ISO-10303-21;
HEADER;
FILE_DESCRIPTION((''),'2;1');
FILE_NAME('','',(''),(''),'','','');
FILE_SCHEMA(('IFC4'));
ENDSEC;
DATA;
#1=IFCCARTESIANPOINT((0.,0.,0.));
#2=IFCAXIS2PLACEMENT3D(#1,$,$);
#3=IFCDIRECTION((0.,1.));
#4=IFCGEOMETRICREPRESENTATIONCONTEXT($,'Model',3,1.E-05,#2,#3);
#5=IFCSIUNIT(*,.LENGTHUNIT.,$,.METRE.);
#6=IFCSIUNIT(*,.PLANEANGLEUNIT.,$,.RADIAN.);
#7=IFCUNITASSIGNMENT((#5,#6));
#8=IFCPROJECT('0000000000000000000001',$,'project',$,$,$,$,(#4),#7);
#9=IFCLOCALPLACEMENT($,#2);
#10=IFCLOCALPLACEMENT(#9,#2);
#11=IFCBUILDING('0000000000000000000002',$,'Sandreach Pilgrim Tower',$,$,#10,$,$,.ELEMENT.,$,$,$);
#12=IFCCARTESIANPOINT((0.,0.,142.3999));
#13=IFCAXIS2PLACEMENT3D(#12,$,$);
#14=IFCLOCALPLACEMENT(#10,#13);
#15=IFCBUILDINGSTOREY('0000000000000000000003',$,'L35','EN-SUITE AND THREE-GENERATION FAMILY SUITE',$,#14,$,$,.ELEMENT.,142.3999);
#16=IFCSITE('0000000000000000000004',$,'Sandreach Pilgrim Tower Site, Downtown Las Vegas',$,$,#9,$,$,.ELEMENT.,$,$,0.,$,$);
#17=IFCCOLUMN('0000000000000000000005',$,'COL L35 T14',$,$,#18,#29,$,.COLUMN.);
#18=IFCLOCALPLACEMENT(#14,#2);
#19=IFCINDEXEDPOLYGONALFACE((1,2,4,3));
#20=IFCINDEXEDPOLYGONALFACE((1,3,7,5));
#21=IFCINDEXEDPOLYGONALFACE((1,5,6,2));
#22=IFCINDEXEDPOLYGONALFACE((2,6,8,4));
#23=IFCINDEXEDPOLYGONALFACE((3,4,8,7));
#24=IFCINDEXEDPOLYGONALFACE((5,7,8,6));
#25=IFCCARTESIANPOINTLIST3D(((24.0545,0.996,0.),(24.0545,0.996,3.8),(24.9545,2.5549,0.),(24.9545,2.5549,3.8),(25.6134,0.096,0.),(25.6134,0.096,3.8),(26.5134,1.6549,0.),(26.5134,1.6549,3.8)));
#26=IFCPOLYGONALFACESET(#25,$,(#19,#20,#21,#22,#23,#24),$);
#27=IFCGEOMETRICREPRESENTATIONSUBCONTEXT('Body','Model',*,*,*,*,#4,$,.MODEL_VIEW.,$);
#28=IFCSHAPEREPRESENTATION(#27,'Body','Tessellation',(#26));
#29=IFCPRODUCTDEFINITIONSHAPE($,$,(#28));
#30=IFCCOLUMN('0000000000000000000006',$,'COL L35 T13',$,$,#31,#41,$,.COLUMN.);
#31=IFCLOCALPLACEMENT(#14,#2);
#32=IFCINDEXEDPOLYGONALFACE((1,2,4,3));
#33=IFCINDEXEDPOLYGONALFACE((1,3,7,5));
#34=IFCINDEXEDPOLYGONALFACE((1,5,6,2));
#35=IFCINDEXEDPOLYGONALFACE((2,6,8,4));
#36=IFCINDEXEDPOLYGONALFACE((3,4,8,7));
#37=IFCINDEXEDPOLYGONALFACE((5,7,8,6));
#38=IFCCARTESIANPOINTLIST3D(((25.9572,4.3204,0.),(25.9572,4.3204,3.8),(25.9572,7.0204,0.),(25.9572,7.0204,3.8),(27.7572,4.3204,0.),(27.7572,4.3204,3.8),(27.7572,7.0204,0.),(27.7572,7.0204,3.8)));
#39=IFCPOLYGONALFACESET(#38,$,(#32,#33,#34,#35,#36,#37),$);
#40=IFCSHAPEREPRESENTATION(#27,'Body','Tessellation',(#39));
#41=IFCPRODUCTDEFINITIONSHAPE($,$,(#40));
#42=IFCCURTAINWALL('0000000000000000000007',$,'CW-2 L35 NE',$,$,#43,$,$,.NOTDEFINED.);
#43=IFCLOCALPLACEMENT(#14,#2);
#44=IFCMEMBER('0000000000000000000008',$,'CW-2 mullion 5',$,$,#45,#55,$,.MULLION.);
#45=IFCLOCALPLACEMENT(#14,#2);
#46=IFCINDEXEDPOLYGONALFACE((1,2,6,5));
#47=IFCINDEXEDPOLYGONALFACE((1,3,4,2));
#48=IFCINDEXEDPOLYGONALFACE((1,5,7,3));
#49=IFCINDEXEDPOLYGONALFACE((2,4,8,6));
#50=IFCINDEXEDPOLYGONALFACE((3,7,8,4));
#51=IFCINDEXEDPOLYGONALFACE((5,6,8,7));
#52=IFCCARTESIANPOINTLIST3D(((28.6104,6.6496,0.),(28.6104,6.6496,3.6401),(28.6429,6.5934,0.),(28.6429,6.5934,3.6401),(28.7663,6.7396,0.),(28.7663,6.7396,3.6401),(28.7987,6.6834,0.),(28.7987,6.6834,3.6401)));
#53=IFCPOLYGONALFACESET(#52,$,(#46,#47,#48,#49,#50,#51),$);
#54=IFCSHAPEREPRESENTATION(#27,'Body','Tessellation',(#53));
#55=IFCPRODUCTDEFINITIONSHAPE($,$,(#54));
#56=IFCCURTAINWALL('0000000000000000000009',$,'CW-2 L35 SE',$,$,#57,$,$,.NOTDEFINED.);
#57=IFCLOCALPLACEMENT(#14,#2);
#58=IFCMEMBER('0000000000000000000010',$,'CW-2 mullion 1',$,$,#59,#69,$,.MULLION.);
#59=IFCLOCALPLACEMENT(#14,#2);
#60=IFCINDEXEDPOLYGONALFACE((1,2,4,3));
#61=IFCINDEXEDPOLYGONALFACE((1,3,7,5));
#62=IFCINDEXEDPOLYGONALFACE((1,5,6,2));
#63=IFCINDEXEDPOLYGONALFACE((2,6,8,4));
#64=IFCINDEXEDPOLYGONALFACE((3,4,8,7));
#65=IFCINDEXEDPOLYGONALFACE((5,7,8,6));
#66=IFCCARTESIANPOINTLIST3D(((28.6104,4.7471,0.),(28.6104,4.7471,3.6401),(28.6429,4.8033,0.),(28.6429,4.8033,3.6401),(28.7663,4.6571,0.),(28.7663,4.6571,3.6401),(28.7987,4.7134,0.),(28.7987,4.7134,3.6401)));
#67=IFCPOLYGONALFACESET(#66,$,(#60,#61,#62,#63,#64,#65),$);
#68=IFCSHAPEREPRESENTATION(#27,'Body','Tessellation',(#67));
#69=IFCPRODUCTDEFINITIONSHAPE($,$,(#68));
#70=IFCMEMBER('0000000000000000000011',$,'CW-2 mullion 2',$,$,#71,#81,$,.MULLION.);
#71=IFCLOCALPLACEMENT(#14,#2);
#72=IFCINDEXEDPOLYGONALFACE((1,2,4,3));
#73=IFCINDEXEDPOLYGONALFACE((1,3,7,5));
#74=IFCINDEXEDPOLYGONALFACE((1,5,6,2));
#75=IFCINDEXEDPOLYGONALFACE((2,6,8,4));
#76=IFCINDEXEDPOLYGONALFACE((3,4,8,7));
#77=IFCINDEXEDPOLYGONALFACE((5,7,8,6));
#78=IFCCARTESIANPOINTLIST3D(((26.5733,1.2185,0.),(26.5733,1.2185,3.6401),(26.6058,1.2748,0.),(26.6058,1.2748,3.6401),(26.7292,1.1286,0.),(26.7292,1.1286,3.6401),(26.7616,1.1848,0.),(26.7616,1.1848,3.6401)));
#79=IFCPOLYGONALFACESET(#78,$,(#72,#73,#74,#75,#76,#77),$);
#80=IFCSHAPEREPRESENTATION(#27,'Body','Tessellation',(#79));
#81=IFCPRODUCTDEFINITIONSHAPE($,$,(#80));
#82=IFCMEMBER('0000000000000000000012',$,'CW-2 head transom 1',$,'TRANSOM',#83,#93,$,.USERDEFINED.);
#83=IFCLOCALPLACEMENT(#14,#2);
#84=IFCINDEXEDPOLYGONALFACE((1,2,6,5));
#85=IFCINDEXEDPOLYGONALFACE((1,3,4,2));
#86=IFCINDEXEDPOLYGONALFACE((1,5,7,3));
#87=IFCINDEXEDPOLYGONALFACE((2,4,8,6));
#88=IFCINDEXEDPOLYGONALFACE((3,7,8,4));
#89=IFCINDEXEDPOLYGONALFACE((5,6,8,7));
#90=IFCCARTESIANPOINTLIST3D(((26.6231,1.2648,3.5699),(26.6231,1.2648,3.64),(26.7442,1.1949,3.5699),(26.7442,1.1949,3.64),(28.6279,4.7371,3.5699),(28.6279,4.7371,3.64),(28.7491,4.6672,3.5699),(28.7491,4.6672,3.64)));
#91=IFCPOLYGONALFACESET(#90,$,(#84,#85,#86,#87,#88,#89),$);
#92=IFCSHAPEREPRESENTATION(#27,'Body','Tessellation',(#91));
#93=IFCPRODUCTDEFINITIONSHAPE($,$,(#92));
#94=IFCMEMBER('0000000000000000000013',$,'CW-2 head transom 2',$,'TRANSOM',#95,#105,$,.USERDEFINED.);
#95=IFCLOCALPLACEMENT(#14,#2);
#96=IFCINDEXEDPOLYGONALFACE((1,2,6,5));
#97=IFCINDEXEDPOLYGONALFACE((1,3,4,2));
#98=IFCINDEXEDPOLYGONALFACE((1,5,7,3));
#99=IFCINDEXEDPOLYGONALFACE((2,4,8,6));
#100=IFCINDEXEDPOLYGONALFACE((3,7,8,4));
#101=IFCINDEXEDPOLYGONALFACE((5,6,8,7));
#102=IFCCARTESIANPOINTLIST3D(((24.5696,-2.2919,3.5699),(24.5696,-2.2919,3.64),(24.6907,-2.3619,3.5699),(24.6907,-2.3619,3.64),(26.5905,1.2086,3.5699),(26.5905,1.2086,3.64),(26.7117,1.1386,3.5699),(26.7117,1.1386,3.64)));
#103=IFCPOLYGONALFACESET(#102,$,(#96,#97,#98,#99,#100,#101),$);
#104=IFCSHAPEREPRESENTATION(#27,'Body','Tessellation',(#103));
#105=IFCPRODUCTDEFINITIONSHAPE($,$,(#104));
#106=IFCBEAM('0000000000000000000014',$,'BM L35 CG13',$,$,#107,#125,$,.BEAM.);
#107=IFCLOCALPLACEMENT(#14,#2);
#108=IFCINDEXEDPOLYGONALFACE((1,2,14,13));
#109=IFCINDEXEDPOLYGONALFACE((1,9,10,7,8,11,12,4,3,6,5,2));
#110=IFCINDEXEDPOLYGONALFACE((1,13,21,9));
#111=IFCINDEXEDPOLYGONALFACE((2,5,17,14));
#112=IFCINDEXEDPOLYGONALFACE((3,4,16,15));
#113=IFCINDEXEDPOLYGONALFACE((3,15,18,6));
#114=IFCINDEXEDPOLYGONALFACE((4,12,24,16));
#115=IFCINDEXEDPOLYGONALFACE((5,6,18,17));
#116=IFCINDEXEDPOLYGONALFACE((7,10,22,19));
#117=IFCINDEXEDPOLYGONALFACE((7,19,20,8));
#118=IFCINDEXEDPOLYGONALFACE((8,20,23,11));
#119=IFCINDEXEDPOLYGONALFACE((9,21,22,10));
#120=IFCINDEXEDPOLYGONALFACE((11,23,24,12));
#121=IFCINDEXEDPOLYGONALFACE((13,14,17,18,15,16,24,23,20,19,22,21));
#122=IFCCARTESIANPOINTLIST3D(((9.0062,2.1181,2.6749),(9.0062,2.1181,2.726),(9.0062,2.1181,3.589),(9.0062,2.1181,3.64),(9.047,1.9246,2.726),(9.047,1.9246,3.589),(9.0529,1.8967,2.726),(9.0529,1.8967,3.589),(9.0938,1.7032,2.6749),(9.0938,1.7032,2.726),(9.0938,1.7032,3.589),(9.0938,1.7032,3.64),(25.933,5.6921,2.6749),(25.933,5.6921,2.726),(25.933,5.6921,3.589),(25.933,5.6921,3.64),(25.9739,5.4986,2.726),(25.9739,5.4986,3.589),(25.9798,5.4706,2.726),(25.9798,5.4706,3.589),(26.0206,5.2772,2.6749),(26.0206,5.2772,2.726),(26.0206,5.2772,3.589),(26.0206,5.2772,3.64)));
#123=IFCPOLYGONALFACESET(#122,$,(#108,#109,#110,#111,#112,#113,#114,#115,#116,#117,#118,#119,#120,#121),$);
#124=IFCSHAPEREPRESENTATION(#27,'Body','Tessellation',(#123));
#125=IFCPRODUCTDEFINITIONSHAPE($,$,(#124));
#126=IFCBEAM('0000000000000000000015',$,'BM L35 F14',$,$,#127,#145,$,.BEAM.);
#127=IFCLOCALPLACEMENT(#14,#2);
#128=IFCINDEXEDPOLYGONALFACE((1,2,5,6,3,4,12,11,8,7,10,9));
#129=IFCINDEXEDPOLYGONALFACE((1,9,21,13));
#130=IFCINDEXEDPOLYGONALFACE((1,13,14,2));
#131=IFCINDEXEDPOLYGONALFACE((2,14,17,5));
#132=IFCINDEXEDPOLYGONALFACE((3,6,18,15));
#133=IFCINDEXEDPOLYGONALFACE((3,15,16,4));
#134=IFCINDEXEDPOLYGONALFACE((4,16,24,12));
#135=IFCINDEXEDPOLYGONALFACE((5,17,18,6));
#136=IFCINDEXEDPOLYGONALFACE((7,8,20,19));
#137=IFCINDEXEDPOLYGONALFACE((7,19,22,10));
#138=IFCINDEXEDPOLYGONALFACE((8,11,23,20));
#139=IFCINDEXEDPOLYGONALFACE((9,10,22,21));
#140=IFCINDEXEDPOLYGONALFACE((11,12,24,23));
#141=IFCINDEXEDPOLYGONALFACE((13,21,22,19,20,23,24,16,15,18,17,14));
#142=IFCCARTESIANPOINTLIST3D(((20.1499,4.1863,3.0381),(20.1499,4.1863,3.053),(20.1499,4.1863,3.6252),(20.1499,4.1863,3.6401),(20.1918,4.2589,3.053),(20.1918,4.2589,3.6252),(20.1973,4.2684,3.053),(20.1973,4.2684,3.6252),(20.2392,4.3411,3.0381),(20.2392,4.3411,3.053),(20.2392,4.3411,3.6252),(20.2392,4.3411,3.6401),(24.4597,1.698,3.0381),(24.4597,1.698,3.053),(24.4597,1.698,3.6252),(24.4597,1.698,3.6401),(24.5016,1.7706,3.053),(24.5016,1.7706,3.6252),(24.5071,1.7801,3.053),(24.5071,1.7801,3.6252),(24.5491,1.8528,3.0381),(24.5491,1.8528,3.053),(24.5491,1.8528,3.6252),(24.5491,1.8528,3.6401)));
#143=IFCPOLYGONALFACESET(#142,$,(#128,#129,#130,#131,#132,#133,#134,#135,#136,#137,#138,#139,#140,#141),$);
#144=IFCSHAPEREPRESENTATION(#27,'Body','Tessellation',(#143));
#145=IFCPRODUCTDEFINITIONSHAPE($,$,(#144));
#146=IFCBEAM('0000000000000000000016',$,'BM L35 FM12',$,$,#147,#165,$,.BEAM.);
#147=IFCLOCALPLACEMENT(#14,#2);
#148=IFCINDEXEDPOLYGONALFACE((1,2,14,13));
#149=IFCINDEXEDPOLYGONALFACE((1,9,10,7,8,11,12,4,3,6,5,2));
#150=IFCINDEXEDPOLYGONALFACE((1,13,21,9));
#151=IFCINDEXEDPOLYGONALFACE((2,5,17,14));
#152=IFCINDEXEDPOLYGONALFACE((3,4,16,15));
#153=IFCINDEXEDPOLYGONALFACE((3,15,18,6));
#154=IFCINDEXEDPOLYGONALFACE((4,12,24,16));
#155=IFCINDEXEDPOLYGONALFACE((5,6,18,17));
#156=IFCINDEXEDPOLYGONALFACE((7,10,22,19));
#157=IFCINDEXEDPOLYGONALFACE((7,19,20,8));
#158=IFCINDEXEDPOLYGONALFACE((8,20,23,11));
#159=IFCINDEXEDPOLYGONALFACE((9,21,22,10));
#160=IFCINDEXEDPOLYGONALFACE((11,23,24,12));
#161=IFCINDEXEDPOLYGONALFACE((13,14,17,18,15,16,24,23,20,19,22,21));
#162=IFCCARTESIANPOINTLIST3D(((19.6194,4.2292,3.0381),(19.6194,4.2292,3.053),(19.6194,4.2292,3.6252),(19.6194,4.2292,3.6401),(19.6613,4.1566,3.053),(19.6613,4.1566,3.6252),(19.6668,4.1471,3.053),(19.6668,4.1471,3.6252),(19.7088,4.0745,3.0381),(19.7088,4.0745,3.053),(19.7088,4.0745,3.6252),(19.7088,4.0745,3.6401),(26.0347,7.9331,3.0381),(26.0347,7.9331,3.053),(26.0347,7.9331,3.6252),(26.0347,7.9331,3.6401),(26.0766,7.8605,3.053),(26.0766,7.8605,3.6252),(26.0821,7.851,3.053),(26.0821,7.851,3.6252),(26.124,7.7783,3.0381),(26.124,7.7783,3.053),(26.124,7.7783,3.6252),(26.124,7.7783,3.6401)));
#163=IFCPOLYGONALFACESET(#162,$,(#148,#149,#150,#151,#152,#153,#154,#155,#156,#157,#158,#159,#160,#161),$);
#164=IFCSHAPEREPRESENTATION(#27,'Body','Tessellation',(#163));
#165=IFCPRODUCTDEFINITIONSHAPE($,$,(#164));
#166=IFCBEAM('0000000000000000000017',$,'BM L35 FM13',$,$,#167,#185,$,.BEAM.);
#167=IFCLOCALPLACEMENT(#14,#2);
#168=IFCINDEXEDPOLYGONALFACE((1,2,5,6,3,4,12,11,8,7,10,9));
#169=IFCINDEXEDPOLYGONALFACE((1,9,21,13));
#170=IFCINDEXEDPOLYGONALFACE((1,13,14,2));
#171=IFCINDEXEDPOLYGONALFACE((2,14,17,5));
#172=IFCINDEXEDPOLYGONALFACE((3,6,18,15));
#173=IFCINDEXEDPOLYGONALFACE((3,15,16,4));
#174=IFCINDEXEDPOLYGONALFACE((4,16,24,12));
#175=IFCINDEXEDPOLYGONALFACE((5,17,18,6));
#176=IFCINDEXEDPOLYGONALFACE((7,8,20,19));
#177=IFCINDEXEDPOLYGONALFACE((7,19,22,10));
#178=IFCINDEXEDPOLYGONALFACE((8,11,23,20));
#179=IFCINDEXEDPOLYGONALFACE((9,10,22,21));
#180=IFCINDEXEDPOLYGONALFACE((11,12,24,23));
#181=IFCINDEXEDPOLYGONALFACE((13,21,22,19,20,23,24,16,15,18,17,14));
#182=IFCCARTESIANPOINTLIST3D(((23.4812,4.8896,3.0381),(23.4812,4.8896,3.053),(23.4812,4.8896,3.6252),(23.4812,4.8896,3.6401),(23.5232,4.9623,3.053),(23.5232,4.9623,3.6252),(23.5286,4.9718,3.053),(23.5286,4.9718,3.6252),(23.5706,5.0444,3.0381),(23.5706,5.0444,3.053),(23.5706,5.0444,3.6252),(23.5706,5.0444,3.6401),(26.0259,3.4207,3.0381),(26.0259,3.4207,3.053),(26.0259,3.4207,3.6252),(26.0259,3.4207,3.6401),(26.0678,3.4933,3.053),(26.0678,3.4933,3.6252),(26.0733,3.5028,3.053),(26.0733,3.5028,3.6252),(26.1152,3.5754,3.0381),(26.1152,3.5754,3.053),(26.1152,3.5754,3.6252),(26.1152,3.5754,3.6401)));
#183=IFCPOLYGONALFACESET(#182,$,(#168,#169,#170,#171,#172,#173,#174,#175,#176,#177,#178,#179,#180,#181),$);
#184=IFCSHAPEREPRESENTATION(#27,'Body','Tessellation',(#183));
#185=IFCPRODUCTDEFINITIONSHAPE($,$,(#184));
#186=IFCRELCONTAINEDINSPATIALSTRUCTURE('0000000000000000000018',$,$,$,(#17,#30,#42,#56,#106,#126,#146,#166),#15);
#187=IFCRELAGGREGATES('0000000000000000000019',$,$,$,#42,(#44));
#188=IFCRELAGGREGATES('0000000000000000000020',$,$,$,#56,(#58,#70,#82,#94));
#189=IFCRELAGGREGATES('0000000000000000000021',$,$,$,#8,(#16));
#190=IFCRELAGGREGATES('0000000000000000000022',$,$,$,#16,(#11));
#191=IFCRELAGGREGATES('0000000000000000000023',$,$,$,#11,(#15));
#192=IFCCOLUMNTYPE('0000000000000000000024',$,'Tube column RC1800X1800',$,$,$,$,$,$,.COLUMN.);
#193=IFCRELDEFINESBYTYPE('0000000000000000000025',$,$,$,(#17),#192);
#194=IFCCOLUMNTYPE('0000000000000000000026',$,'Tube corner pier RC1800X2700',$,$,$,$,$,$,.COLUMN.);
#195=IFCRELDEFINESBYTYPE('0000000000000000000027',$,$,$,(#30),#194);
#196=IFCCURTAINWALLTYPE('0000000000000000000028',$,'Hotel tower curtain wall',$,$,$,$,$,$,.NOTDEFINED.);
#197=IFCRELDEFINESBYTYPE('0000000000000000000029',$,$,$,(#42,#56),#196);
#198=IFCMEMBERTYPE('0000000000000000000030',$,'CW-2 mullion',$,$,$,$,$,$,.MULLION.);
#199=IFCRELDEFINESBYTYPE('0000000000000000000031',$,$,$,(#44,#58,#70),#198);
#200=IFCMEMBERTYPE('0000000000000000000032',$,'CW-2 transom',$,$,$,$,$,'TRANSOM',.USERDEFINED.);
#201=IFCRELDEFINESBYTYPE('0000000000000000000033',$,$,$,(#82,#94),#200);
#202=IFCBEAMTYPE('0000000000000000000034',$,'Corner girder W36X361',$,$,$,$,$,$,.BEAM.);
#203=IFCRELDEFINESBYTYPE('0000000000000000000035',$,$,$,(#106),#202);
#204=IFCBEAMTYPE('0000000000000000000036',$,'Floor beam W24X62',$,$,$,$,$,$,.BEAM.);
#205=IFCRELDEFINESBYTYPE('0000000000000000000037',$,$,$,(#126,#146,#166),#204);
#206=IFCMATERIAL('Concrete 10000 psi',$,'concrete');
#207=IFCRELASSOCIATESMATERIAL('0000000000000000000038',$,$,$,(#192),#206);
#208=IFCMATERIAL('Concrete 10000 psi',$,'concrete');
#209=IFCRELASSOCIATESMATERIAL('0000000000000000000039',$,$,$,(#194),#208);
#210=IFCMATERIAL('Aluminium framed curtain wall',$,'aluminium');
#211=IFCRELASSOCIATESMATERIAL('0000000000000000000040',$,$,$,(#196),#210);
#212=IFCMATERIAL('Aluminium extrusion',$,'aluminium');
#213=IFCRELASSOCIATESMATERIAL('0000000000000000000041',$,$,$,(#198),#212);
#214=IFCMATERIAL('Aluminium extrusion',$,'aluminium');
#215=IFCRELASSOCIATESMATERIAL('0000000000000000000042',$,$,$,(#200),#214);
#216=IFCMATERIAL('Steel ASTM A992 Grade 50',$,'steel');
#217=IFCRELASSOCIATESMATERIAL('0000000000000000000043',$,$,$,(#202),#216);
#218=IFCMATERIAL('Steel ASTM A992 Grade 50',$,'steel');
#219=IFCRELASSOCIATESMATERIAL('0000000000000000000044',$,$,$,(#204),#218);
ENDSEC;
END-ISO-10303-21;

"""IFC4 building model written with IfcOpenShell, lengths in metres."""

from ifc_helpers import new_model, si_unit, direction, frame, origin, origin_2d, place, context, subcontext, project, spatial, rectangle, i_section, extrude, material, material_profile, profile_set, type_object, element, aggregate, save


model = new_model("IFC4")

# Units and contexts
model_context = context("Model", 3, precision=1e-05, world=origin(), true_north=direction((0.0, 1.0)))
body_context = subcontext(model_context, "Body", "Model", "MODEL_VIEW")
ifc_project = project(units=[si_unit("LENGTHUNIT", "METRE"), si_unit("PLANEANGLEUNIT", "RADIAN")], contexts=[model_context])

# Site, building, storey
site_placement = place(None, origin())
site = spatial("IfcSite", under=ifc_project, at=site_placement, Name="Sandreach Pilgrim Tower Site, Downtown Las Vegas", CompositionType="ELEMENT", RefElevation=0.0)
building_placement = place(site_placement, origin())
building = spatial("IfcBuilding", under=site, at=building_placement, Name="Sandreach Pilgrim Tower", CompositionType="ELEMENT")
storey_placement = place(building_placement, frame((0.0, 0.0, 142.3999)))
storey = spatial("IfcBuildingStorey", under=building, at=storey_placement, Name="L35", Description="EN-SUITE AND THREE-GENERATION FAMILY SUITE", CompositionType="ELEMENT", Elevation=142.3999)

# Columns
ifc_material_1 = material(Name="Concrete 10000 psi", Category="concrete")
ifc_material_profile_1 = material_profile(ifc_material_1, rectangle(XDim=1.8, YDim=1.8, at=origin_2d()), Name="RC1800X1800")
ifc_profile_set_1 = profile_set([ifc_material_profile_1], Name="Concrete 10000 psi")
column_type_1 = type_object("IfcColumnType", Name="Tube column RC1800X1800", PredefinedType="COLUMN", material=ifc_profile_set_1)
column_1_placement = place(storey_placement, frame((25.2839, 1.3254, 0.0), z_axis=(0.0, 0.0, 1.0), x_axis=(0.866025, -0.5, 0.0)))
element("IfcColumn", 1, at=column_1_placement, inside=storey, type_object=column_type_1, Name="COL L35 T14", PredefinedType="COLUMN", context=body_context, shape_type="SweptSolid", body=[
    extrude(rectangle(XDim=1.8, YDim=1.8, at=origin_2d()), origin(), (0.0, 0.0, 1.0), 3.8),
])
ifc_material_2 = material(Name="Concrete 10000 psi", Category="concrete")
ifc_material_profile_2 = material_profile(ifc_material_2, rectangle(XDim=1.8, YDim=2.7, at=origin_2d()), Name="RC1800X2700")
ifc_profile_set_2 = profile_set([ifc_material_profile_2], Name="Concrete 10000 psi")
column_type_2 = type_object("IfcColumnType", Name="Tube corner pier RC1800X2700", PredefinedType="COLUMN", material=ifc_profile_set_2)
column_2_placement = place(storey_placement, frame((26.8572, 5.6704, 0.0), z_axis=(0.0, 0.0, 1.0), x_axis=(1.0, 0.0, 0.0)))
element("IfcColumn", 2, at=column_2_placement, inside=storey, type_object=column_type_2, Name="COL L35 T13", PredefinedType="COLUMN", context=body_context, shape_type="SweptSolid", body=[
    extrude(rectangle(XDim=1.8, YDim=2.7, at=origin_2d()), origin(), (0.0, 0.0, 1.0), 3.8),
])

# Curtain wall, member
ifc_material_3 = material(Name="Aluminium framed curtain wall", Category="aluminium")
curtain_wall_type = type_object("IfcCurtainWallType", Name="Hotel tower curtain wall", PredefinedType="NOTDEFINED", material=ifc_material_3)
curtain_wall_1_placement = place(storey_placement, origin())
curtain_wall_1 = element("IfcCurtainWall", 3, at=curtain_wall_1_placement, inside=storey, type_object=curtain_wall_type, Name="CW-2 L35 NE", PredefinedType="NOTDEFINED")
ifc_material_4 = material(Name="Aluminium extrusion", Category="aluminium")
ifc_material_profile_3 = material_profile(ifc_material_4, rectangle(XDim=0.0649, YDim=0.1799, at=origin_2d()), Name="CW-2M 65X180")
ifc_profile_set_3 = profile_set([ifc_material_profile_3], Name="Aluminium extrusion")
member_type_1 = type_object("IfcMemberType", Name="CW-2 mullion", PredefinedType="MULLION", material=ifc_profile_set_3)
member_1_placement = place(storey_placement, frame((28.7046, 6.6665, 0.0), z_axis=(0.0, 0.0, 1.0), x_axis=(0.5, -0.866025, 0.0)))
member_1 = element("IfcMember", 4, at=member_1_placement, type_object=member_type_1, Name="CW-2 mullion 5", PredefinedType="MULLION", context=body_context, shape_type="SweptSolid", body=[
    extrude(rectangle(XDim=0.0649, YDim=0.1799, at=origin_2d()), origin(), (0.0, 0.0, 1.0), 3.6401),
])

# Curtain wall, members
curtain_wall_2_placement = place(storey_placement, origin())
curtain_wall_2 = element("IfcCurtainWall", 5, at=curtain_wall_2_placement, inside=storey, type_object=curtain_wall_type, Name="CW-2 L35 SE", PredefinedType="NOTDEFINED")
member_2_placement = place(storey_placement, frame((28.7046, 4.7302, 0.0), z_axis=(0.0, 0.0, 1.0), x_axis=(-0.5, -0.866025, 0.0)))
member_2 = element("IfcMember", 6, at=member_2_placement, type_object=member_type_1, Name="CW-2 mullion 1", PredefinedType="MULLION", context=body_context, shape_type="SweptSolid", body=[
    extrude(rectangle(XDim=0.0649, YDim=0.1799, at=origin_2d()), origin(), (0.0, 0.0, 1.0), 3.6401),
])
member_3_placement = place(storey_placement, frame((26.6675, 1.2017, 0.0), z_axis=(0.0, 0.0, 1.0), x_axis=(-0.5, -0.866025, 0.0)))
member_3 = element("IfcMember", 7, at=member_3_placement, type_object=member_type_1, Name="CW-2 mullion 2", PredefinedType="MULLION", context=body_context, shape_type="SweptSolid", body=[
    extrude(rectangle(XDim=0.0649, YDim=0.1799, at=origin_2d()), origin(), (0.0, 0.0, 1.0), 3.6401),
])
ifc_material_5 = material(Name="Aluminium extrusion", Category="aluminium")
ifc_material_profile_4 = material_profile(ifc_material_5, rectangle(XDim=0.1399, YDim=0.0701, at=origin_2d()), Name="CW-2T 140X70")
ifc_profile_set_4 = profile_set([ifc_material_profile_4], Name="Aluminium extrusion")
member_type_2 = type_object("IfcMemberType", Name="CW-2 transom", ElementType="TRANSOM", PredefinedType="USERDEFINED", material=ifc_profile_set_4)
member_4_placement = place(storey_placement, frame((28.6885, 4.7021, 3.605), z_axis=(-0.500016, -0.866016, 0.0), x_axis=(0.866016, -0.500016, 0.0)))
member_4 = element("IfcMember", 8, at=member_4_placement, type_object=member_type_2, Name="CW-2 head transom 1", ObjectType="TRANSOM", PredefinedType="USERDEFINED", context=body_context, shape_type="SweptSolid", body=[
    extrude(rectangle(XDim=0.1399, YDim=0.0701, at=origin_2d()), origin(), (0.0, 0.0, 1.0), 4.0095),
])
member_5_placement = place(storey_placement, frame((26.6511, 1.1736, 3.605), z_axis=(-0.499998, -0.866027, 0.0), x_axis=(0.866027, -0.499998, 0.0)))
member_5 = element("IfcMember", 9, at=member_5_placement, type_object=member_type_2, Name="CW-2 head transom 2", ObjectType="TRANSOM", PredefinedType="USERDEFINED", context=body_context, shape_type="SweptSolid", body=[
    extrude(rectangle(XDim=0.1399, YDim=0.0701, at=origin_2d()), origin(), (0.0, 0.0, 1.0), 4.042),
])

# Beams
ifc_material_6 = material(Name="Steel ASTM A992 Grade 50", Category="steel")
ifc_material_profile_5 = material_profile(ifc_material_6, i_section(OverallWidth=0.4241, OverallDepth=0.9651, WebThickness=0.0286, FlangeThickness=0.051, at=origin_2d()), Name="W36X361")
ifc_profile_set_5 = profile_set([ifc_material_profile_5], Name="Steel ASTM A992 Grade 50")
beam_type_1 = type_object("IfcBeamType", Name="Corner girder W36X361", PredefinedType="BEAM", material=ifc_profile_set_5)
beam_1_placement = place(storey_placement, frame((25.9768, 5.4846, 3.1575), z_axis=(-0.978428, -0.206589, 0.0), x_axis=(0.206589, -0.978428, 0.0)))
element("IfcBeam", 10, at=beam_1_placement, inside=storey, type_object=beam_type_1, Name="BM L35 CG13", PredefinedType="BEAM", context=body_context, shape_type="SweptSolid", body=[
    extrude(i_section(OverallWidth=0.4241, OverallDepth=0.9651, WebThickness=0.0286, FlangeThickness=0.051, at=origin_2d()), origin(), (0.0, 0.0, 1.0), 17.3),
])
ifc_material_7 = material(Name="Steel ASTM A992 Grade 50", Category="steel")
ifc_material_profile_6 = material_profile(ifc_material_7, i_section(OverallWidth=0.1787, OverallDepth=0.6021, WebThickness=0.011, FlangeThickness=0.0149, at=origin_2d()), Name="W24X62")
ifc_profile_set_6 = profile_set([ifc_material_profile_6], Name="Steel ASTM A992 Grade 50")
beam_type_2 = type_object("IfcBeamType", Name="Floor beam W24X62", PredefinedType="BEAM", material=ifc_profile_set_6)
beam_2_placement = place(storey_placement, frame((24.5044, 1.7754, 3.3391), z_axis=(-0.866025, 0.500001, 0.0), x_axis=(-0.500001, -0.866025, 0.0)))
element("IfcBeam", 11, at=beam_2_placement, inside=storey, type_object=beam_type_2, Name="BM L35 F14", PredefinedType="BEAM", context=body_context, shape_type="SweptSolid", body=[
    extrude(i_section(OverallWidth=0.1787, OverallDepth=0.6021, WebThickness=0.011, FlangeThickness=0.0149, at=origin_2d()), origin(), (0.0, 0.0, 1.0), 4.9766),
])
beam_3_placement = place(storey_placement, frame((26.0793, 7.8557, 3.3391), z_axis=(-0.866026, -0.499999, 0.0), x_axis=(0.499999, -0.866026, 0.0)))
element("IfcBeam", 12, at=beam_3_placement, inside=storey, type_object=beam_type_2, Name="BM L35 FM12", PredefinedType="BEAM", context=body_context, shape_type="SweptSolid", body=[
    extrude(i_section(OverallWidth=0.1787, OverallDepth=0.6021, WebThickness=0.011, FlangeThickness=0.0149, at=origin_2d()), origin(), (0.0, 0.0, 1.0), 7.4077),
])
beam_4_placement = place(storey_placement, frame((26.0706, 3.498, 3.3391), z_axis=(-0.866051, 0.499955, 0.0), x_axis=(-0.499955, -0.866051, 0.0)))
element("IfcBeam", 13, at=beam_4_placement, inside=storey, type_object=beam_type_2, Name="BM L35 FM13", PredefinedType="BEAM", context=body_context, shape_type="SweptSolid", body=[
    extrude(i_section(OverallWidth=0.1787, OverallDepth=0.6021, WebThickness=0.011, FlangeThickness=0.0149, at=origin_2d()), origin(), (0.0, 0.0, 1.0), 2.9382),
])

aggregate(curtain_wall_1, [member_1])
aggregate(curtain_wall_2, [member_2, member_3, member_4, member_5])

save(model, "model.ifc")
